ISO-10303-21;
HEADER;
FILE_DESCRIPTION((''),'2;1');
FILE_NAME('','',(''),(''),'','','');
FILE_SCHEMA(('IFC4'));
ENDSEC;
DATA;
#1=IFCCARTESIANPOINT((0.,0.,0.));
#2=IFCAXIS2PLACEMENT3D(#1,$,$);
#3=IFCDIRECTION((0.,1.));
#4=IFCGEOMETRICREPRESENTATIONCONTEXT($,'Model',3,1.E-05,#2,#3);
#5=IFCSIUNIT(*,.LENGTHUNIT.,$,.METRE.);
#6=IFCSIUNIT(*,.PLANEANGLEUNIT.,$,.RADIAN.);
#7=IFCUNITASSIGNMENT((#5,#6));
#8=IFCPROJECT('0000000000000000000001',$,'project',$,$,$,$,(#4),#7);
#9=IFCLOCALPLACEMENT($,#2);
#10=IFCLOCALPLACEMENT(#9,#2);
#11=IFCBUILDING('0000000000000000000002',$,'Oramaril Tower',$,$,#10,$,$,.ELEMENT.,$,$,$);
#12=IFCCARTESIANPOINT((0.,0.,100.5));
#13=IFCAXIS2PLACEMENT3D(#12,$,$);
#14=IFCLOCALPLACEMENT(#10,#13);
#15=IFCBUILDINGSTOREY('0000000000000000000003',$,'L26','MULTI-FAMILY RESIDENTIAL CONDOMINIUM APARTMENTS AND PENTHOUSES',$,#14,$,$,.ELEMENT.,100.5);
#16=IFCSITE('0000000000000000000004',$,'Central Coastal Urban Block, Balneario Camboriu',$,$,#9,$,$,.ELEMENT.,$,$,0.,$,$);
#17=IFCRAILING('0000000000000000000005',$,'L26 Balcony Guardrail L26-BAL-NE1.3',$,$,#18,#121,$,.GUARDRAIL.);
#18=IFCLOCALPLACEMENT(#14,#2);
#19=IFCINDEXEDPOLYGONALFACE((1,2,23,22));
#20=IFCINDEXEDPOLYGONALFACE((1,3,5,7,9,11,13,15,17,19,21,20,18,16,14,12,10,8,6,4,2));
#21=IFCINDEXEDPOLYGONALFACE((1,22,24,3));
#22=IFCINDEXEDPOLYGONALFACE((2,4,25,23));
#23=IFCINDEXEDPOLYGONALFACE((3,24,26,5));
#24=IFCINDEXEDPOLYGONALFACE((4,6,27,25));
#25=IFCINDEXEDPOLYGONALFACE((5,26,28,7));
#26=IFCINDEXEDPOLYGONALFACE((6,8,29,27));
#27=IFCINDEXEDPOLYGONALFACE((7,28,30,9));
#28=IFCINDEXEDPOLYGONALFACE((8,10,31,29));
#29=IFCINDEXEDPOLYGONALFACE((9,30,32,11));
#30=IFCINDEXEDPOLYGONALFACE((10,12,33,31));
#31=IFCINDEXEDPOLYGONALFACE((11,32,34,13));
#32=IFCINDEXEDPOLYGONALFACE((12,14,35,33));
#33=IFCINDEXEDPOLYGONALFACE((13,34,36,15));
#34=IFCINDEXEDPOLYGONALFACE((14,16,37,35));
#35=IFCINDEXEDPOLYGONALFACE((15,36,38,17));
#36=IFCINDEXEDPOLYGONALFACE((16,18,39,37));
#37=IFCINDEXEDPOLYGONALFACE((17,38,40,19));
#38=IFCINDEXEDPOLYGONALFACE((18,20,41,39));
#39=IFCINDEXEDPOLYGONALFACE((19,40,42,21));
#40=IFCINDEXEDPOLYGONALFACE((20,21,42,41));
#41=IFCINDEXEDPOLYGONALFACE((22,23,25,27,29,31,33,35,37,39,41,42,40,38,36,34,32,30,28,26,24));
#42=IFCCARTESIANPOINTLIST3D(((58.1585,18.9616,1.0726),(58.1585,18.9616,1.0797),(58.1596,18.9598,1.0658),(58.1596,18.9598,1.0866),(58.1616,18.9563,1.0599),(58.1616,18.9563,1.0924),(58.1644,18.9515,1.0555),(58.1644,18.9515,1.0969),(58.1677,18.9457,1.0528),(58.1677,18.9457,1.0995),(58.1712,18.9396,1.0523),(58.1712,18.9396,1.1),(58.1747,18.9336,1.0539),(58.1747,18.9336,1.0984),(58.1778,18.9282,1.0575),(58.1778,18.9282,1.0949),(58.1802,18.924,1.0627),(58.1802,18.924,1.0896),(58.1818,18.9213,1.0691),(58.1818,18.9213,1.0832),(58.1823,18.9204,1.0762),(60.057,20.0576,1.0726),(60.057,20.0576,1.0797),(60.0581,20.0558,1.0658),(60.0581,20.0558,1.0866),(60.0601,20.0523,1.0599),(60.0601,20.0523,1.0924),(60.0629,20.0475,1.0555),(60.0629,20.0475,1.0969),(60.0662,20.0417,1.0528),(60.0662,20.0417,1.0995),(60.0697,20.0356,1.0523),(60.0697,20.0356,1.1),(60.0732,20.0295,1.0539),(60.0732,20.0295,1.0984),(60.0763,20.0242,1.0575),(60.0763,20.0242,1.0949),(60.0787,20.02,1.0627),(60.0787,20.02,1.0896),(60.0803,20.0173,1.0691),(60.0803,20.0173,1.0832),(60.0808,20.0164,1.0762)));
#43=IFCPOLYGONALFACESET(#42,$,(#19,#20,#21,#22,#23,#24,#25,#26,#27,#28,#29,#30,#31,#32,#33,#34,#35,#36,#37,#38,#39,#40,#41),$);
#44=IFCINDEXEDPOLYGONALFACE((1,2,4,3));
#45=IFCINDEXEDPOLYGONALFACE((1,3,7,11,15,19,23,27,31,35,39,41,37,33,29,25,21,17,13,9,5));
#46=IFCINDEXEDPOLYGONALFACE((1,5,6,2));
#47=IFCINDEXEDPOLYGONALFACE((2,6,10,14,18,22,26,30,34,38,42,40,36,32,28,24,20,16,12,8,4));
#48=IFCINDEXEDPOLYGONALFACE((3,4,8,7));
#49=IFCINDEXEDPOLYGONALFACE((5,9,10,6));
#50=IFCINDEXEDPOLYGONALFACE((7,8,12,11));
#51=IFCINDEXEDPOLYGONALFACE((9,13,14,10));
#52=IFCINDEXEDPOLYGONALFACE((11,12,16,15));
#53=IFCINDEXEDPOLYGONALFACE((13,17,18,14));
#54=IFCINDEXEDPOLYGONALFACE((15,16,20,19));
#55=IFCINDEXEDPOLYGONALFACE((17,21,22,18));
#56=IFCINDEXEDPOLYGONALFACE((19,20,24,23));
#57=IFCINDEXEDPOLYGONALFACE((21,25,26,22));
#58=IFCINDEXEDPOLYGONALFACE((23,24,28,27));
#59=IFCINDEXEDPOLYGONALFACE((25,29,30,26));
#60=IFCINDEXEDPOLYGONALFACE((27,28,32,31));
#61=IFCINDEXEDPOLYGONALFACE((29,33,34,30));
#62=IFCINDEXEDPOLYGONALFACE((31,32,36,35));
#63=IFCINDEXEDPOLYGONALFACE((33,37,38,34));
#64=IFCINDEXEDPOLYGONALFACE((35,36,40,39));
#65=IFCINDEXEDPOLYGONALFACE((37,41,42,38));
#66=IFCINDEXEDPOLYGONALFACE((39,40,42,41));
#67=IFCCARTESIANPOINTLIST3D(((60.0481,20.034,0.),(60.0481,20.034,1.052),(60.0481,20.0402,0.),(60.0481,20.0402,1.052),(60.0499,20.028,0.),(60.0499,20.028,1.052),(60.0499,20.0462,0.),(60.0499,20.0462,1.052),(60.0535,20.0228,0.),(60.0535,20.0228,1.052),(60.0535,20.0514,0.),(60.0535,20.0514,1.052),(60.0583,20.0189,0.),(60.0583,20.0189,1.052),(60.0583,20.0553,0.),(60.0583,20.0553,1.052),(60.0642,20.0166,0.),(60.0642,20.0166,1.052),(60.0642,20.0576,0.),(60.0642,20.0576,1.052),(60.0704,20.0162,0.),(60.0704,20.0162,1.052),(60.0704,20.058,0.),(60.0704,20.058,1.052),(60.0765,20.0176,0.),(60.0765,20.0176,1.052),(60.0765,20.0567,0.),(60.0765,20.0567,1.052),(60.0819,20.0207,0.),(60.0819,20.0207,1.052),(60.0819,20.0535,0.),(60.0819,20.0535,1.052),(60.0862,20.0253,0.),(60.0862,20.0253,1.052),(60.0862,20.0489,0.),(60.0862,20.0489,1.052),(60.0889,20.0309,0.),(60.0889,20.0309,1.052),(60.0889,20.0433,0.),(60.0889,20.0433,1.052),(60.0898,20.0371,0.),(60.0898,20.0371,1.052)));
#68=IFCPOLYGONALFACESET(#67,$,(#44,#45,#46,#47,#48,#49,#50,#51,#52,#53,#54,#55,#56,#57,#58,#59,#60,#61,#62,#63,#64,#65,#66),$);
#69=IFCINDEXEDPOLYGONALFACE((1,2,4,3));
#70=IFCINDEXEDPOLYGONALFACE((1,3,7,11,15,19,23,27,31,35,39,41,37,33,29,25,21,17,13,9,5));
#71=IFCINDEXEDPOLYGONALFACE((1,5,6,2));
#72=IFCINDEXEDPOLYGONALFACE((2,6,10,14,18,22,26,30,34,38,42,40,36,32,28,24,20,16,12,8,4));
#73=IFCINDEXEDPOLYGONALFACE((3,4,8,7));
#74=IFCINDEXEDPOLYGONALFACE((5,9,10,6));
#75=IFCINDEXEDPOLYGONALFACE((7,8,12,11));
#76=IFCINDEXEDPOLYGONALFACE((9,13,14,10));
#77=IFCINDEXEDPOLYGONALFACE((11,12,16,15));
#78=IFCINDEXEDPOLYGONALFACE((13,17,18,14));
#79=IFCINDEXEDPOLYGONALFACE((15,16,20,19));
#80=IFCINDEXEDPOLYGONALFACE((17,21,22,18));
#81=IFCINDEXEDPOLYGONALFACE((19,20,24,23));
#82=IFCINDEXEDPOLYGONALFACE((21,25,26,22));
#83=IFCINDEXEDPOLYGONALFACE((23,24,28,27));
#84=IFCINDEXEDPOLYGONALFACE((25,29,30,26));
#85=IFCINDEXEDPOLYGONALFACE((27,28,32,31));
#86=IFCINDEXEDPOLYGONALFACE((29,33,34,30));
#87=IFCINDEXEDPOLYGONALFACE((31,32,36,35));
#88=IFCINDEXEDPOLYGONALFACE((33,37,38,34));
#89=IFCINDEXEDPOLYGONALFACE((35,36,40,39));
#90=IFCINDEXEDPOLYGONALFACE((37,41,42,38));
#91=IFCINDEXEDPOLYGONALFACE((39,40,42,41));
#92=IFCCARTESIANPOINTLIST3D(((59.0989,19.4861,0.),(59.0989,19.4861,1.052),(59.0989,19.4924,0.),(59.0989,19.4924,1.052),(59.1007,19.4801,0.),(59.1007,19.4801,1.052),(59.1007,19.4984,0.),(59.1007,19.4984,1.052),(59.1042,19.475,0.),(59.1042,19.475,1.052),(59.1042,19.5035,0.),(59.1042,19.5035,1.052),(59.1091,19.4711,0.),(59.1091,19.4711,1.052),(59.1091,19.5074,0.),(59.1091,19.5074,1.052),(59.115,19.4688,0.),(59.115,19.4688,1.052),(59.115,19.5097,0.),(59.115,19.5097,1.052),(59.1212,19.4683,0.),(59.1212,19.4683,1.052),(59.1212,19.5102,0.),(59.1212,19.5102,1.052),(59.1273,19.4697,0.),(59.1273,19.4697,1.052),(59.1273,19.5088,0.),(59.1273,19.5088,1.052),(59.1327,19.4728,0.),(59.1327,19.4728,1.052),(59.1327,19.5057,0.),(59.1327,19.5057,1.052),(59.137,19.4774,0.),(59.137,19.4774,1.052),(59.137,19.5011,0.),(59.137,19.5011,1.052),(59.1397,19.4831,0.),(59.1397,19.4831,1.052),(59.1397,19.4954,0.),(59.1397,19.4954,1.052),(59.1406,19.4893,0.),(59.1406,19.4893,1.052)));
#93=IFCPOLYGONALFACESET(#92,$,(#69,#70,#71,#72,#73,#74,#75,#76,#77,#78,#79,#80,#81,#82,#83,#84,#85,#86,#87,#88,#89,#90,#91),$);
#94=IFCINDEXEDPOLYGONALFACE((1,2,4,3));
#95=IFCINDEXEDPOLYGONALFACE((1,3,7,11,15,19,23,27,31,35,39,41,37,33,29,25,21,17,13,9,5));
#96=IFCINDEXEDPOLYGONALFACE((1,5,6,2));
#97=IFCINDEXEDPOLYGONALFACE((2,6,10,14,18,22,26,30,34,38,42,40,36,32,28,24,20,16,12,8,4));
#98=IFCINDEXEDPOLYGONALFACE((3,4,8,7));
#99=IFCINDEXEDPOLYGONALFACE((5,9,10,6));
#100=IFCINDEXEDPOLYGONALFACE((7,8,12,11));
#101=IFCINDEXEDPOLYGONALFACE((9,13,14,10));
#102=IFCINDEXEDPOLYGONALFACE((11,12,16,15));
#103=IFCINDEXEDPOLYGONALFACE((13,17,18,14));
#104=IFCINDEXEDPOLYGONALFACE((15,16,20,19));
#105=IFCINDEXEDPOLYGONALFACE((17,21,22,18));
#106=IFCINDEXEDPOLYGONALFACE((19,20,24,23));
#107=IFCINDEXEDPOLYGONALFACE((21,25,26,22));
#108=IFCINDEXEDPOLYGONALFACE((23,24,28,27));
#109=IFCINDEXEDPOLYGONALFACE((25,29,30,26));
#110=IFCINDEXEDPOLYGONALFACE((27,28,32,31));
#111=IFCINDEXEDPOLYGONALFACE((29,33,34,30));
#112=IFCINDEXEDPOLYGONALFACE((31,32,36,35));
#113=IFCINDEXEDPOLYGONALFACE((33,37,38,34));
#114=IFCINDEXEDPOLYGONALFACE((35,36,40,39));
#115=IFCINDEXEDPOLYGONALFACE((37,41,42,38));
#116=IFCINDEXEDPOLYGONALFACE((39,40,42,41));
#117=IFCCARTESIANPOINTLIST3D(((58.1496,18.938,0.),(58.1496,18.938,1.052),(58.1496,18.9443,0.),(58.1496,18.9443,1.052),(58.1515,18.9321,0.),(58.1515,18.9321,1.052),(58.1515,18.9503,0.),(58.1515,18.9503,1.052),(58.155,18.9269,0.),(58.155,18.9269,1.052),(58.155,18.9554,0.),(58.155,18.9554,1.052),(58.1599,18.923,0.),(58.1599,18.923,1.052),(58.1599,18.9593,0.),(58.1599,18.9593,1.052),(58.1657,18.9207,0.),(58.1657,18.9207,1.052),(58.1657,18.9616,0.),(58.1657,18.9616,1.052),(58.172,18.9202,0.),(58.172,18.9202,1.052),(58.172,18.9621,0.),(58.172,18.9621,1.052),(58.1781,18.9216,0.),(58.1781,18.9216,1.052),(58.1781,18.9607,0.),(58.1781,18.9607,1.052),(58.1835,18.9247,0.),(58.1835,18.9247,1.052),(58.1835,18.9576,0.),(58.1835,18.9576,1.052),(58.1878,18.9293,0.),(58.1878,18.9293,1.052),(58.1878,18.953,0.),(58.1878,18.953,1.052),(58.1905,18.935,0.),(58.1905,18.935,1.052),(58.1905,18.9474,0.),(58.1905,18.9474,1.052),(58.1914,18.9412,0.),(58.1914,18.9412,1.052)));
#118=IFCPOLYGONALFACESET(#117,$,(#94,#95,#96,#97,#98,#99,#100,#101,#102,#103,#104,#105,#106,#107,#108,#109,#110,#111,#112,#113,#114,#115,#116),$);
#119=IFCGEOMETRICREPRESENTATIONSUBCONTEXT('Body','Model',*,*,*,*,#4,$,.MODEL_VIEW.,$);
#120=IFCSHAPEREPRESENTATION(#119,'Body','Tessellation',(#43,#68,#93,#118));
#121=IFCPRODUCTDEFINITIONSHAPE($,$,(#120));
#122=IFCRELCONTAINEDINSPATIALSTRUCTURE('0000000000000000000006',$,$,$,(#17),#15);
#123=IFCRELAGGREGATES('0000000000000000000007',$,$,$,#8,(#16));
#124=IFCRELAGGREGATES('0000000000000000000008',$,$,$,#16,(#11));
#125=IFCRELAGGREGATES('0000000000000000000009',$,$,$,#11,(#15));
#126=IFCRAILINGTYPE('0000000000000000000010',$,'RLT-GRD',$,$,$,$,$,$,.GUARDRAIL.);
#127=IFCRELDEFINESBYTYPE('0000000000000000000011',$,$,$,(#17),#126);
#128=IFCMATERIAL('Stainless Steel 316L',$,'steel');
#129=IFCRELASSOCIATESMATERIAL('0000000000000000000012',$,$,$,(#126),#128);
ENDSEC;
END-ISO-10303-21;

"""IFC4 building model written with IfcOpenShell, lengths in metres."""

from ifc_helpers import new_model, si_unit, direction, frame, origin, origin_2d, place, context, subcontext, project, spatial, circle, extrude, material, type_object, element, save


model = new_model("IFC4")

# Units and contexts
model_context = context("Model", 3, precision=1e-05, world=origin(), true_north=direction((0.0, 1.0)))
body_context = subcontext(model_context, "Body", "Model", "MODEL_VIEW")
ifc_project = project(units=[si_unit("LENGTHUNIT", "METRE"), si_unit("PLANEANGLEUNIT", "RADIAN")], contexts=[model_context])

# Site, building, storey
site_placement = place(None, origin())
site = spatial("IfcSite", under=ifc_project, at=site_placement, Name="Central Coastal Urban Block, Balneario Camboriu", CompositionType="ELEMENT", RefElevation=0.0)
building_placement = place(site_placement, origin())
building = spatial("IfcBuilding", under=site, at=building_placement, Name="Oramaril Tower", CompositionType="ELEMENT")
storey_placement = place(building_placement, frame((0.0, 0.0, 100.5)))
storey = spatial("IfcBuildingStorey", under=building, at=storey_placement, Name="L26", Description="MULTI-FAMILY RESIDENTIAL CONDOMINIUM APARTMENTS AND PENTHOUSES", CompositionType="ELEMENT", Elevation=100.5)

# Railing
ifc_material_1 = material(Name="Stainless Steel 316L", Category="steel")
railing_type = type_object("IfcRailingType", Name="RLT-GRD", PredefinedType="GUARDRAIL", material=ifc_material_1)
railing_1_placement = place(storey_placement, frame((60.0688, 20.0371, 0.0)))
element("IfcRailing", 1, at=railing_1_placement, inside=storey, type_object=railing_type, Name="L26 Balcony Guardrail L26-BAL-NE1.3", PredefinedType="GUARDRAIL", context=body_context, shape_type="SweptSolid", body=[
    extrude(circle(Radius=0.0239, at=origin_2d()), frame((0.0, 0.0, 1.0762), z_axis=(-0.866048, -0.49996, 0.0), x_axis=(0.49996, -0.866048, 0.0)), (0.0, 0.0, 1.0), 2.1921),
    extrude(circle(Radius=0.021, at=origin_2d()), origin(), (0.0, 0.0, 1.0), 1.052),
    extrude(circle(Radius=0.021, at=origin_2d()), frame((-0.9492, -0.5479, 0.0)), (0.0, 0.0, 1.0), 1.052),
    extrude(circle(Radius=0.021, at=origin_2d()), frame((-1.8984, -1.0959, 0.0)), (0.0, 0.0, 1.0), 1.052),
])

save(model, "model.ifc")
